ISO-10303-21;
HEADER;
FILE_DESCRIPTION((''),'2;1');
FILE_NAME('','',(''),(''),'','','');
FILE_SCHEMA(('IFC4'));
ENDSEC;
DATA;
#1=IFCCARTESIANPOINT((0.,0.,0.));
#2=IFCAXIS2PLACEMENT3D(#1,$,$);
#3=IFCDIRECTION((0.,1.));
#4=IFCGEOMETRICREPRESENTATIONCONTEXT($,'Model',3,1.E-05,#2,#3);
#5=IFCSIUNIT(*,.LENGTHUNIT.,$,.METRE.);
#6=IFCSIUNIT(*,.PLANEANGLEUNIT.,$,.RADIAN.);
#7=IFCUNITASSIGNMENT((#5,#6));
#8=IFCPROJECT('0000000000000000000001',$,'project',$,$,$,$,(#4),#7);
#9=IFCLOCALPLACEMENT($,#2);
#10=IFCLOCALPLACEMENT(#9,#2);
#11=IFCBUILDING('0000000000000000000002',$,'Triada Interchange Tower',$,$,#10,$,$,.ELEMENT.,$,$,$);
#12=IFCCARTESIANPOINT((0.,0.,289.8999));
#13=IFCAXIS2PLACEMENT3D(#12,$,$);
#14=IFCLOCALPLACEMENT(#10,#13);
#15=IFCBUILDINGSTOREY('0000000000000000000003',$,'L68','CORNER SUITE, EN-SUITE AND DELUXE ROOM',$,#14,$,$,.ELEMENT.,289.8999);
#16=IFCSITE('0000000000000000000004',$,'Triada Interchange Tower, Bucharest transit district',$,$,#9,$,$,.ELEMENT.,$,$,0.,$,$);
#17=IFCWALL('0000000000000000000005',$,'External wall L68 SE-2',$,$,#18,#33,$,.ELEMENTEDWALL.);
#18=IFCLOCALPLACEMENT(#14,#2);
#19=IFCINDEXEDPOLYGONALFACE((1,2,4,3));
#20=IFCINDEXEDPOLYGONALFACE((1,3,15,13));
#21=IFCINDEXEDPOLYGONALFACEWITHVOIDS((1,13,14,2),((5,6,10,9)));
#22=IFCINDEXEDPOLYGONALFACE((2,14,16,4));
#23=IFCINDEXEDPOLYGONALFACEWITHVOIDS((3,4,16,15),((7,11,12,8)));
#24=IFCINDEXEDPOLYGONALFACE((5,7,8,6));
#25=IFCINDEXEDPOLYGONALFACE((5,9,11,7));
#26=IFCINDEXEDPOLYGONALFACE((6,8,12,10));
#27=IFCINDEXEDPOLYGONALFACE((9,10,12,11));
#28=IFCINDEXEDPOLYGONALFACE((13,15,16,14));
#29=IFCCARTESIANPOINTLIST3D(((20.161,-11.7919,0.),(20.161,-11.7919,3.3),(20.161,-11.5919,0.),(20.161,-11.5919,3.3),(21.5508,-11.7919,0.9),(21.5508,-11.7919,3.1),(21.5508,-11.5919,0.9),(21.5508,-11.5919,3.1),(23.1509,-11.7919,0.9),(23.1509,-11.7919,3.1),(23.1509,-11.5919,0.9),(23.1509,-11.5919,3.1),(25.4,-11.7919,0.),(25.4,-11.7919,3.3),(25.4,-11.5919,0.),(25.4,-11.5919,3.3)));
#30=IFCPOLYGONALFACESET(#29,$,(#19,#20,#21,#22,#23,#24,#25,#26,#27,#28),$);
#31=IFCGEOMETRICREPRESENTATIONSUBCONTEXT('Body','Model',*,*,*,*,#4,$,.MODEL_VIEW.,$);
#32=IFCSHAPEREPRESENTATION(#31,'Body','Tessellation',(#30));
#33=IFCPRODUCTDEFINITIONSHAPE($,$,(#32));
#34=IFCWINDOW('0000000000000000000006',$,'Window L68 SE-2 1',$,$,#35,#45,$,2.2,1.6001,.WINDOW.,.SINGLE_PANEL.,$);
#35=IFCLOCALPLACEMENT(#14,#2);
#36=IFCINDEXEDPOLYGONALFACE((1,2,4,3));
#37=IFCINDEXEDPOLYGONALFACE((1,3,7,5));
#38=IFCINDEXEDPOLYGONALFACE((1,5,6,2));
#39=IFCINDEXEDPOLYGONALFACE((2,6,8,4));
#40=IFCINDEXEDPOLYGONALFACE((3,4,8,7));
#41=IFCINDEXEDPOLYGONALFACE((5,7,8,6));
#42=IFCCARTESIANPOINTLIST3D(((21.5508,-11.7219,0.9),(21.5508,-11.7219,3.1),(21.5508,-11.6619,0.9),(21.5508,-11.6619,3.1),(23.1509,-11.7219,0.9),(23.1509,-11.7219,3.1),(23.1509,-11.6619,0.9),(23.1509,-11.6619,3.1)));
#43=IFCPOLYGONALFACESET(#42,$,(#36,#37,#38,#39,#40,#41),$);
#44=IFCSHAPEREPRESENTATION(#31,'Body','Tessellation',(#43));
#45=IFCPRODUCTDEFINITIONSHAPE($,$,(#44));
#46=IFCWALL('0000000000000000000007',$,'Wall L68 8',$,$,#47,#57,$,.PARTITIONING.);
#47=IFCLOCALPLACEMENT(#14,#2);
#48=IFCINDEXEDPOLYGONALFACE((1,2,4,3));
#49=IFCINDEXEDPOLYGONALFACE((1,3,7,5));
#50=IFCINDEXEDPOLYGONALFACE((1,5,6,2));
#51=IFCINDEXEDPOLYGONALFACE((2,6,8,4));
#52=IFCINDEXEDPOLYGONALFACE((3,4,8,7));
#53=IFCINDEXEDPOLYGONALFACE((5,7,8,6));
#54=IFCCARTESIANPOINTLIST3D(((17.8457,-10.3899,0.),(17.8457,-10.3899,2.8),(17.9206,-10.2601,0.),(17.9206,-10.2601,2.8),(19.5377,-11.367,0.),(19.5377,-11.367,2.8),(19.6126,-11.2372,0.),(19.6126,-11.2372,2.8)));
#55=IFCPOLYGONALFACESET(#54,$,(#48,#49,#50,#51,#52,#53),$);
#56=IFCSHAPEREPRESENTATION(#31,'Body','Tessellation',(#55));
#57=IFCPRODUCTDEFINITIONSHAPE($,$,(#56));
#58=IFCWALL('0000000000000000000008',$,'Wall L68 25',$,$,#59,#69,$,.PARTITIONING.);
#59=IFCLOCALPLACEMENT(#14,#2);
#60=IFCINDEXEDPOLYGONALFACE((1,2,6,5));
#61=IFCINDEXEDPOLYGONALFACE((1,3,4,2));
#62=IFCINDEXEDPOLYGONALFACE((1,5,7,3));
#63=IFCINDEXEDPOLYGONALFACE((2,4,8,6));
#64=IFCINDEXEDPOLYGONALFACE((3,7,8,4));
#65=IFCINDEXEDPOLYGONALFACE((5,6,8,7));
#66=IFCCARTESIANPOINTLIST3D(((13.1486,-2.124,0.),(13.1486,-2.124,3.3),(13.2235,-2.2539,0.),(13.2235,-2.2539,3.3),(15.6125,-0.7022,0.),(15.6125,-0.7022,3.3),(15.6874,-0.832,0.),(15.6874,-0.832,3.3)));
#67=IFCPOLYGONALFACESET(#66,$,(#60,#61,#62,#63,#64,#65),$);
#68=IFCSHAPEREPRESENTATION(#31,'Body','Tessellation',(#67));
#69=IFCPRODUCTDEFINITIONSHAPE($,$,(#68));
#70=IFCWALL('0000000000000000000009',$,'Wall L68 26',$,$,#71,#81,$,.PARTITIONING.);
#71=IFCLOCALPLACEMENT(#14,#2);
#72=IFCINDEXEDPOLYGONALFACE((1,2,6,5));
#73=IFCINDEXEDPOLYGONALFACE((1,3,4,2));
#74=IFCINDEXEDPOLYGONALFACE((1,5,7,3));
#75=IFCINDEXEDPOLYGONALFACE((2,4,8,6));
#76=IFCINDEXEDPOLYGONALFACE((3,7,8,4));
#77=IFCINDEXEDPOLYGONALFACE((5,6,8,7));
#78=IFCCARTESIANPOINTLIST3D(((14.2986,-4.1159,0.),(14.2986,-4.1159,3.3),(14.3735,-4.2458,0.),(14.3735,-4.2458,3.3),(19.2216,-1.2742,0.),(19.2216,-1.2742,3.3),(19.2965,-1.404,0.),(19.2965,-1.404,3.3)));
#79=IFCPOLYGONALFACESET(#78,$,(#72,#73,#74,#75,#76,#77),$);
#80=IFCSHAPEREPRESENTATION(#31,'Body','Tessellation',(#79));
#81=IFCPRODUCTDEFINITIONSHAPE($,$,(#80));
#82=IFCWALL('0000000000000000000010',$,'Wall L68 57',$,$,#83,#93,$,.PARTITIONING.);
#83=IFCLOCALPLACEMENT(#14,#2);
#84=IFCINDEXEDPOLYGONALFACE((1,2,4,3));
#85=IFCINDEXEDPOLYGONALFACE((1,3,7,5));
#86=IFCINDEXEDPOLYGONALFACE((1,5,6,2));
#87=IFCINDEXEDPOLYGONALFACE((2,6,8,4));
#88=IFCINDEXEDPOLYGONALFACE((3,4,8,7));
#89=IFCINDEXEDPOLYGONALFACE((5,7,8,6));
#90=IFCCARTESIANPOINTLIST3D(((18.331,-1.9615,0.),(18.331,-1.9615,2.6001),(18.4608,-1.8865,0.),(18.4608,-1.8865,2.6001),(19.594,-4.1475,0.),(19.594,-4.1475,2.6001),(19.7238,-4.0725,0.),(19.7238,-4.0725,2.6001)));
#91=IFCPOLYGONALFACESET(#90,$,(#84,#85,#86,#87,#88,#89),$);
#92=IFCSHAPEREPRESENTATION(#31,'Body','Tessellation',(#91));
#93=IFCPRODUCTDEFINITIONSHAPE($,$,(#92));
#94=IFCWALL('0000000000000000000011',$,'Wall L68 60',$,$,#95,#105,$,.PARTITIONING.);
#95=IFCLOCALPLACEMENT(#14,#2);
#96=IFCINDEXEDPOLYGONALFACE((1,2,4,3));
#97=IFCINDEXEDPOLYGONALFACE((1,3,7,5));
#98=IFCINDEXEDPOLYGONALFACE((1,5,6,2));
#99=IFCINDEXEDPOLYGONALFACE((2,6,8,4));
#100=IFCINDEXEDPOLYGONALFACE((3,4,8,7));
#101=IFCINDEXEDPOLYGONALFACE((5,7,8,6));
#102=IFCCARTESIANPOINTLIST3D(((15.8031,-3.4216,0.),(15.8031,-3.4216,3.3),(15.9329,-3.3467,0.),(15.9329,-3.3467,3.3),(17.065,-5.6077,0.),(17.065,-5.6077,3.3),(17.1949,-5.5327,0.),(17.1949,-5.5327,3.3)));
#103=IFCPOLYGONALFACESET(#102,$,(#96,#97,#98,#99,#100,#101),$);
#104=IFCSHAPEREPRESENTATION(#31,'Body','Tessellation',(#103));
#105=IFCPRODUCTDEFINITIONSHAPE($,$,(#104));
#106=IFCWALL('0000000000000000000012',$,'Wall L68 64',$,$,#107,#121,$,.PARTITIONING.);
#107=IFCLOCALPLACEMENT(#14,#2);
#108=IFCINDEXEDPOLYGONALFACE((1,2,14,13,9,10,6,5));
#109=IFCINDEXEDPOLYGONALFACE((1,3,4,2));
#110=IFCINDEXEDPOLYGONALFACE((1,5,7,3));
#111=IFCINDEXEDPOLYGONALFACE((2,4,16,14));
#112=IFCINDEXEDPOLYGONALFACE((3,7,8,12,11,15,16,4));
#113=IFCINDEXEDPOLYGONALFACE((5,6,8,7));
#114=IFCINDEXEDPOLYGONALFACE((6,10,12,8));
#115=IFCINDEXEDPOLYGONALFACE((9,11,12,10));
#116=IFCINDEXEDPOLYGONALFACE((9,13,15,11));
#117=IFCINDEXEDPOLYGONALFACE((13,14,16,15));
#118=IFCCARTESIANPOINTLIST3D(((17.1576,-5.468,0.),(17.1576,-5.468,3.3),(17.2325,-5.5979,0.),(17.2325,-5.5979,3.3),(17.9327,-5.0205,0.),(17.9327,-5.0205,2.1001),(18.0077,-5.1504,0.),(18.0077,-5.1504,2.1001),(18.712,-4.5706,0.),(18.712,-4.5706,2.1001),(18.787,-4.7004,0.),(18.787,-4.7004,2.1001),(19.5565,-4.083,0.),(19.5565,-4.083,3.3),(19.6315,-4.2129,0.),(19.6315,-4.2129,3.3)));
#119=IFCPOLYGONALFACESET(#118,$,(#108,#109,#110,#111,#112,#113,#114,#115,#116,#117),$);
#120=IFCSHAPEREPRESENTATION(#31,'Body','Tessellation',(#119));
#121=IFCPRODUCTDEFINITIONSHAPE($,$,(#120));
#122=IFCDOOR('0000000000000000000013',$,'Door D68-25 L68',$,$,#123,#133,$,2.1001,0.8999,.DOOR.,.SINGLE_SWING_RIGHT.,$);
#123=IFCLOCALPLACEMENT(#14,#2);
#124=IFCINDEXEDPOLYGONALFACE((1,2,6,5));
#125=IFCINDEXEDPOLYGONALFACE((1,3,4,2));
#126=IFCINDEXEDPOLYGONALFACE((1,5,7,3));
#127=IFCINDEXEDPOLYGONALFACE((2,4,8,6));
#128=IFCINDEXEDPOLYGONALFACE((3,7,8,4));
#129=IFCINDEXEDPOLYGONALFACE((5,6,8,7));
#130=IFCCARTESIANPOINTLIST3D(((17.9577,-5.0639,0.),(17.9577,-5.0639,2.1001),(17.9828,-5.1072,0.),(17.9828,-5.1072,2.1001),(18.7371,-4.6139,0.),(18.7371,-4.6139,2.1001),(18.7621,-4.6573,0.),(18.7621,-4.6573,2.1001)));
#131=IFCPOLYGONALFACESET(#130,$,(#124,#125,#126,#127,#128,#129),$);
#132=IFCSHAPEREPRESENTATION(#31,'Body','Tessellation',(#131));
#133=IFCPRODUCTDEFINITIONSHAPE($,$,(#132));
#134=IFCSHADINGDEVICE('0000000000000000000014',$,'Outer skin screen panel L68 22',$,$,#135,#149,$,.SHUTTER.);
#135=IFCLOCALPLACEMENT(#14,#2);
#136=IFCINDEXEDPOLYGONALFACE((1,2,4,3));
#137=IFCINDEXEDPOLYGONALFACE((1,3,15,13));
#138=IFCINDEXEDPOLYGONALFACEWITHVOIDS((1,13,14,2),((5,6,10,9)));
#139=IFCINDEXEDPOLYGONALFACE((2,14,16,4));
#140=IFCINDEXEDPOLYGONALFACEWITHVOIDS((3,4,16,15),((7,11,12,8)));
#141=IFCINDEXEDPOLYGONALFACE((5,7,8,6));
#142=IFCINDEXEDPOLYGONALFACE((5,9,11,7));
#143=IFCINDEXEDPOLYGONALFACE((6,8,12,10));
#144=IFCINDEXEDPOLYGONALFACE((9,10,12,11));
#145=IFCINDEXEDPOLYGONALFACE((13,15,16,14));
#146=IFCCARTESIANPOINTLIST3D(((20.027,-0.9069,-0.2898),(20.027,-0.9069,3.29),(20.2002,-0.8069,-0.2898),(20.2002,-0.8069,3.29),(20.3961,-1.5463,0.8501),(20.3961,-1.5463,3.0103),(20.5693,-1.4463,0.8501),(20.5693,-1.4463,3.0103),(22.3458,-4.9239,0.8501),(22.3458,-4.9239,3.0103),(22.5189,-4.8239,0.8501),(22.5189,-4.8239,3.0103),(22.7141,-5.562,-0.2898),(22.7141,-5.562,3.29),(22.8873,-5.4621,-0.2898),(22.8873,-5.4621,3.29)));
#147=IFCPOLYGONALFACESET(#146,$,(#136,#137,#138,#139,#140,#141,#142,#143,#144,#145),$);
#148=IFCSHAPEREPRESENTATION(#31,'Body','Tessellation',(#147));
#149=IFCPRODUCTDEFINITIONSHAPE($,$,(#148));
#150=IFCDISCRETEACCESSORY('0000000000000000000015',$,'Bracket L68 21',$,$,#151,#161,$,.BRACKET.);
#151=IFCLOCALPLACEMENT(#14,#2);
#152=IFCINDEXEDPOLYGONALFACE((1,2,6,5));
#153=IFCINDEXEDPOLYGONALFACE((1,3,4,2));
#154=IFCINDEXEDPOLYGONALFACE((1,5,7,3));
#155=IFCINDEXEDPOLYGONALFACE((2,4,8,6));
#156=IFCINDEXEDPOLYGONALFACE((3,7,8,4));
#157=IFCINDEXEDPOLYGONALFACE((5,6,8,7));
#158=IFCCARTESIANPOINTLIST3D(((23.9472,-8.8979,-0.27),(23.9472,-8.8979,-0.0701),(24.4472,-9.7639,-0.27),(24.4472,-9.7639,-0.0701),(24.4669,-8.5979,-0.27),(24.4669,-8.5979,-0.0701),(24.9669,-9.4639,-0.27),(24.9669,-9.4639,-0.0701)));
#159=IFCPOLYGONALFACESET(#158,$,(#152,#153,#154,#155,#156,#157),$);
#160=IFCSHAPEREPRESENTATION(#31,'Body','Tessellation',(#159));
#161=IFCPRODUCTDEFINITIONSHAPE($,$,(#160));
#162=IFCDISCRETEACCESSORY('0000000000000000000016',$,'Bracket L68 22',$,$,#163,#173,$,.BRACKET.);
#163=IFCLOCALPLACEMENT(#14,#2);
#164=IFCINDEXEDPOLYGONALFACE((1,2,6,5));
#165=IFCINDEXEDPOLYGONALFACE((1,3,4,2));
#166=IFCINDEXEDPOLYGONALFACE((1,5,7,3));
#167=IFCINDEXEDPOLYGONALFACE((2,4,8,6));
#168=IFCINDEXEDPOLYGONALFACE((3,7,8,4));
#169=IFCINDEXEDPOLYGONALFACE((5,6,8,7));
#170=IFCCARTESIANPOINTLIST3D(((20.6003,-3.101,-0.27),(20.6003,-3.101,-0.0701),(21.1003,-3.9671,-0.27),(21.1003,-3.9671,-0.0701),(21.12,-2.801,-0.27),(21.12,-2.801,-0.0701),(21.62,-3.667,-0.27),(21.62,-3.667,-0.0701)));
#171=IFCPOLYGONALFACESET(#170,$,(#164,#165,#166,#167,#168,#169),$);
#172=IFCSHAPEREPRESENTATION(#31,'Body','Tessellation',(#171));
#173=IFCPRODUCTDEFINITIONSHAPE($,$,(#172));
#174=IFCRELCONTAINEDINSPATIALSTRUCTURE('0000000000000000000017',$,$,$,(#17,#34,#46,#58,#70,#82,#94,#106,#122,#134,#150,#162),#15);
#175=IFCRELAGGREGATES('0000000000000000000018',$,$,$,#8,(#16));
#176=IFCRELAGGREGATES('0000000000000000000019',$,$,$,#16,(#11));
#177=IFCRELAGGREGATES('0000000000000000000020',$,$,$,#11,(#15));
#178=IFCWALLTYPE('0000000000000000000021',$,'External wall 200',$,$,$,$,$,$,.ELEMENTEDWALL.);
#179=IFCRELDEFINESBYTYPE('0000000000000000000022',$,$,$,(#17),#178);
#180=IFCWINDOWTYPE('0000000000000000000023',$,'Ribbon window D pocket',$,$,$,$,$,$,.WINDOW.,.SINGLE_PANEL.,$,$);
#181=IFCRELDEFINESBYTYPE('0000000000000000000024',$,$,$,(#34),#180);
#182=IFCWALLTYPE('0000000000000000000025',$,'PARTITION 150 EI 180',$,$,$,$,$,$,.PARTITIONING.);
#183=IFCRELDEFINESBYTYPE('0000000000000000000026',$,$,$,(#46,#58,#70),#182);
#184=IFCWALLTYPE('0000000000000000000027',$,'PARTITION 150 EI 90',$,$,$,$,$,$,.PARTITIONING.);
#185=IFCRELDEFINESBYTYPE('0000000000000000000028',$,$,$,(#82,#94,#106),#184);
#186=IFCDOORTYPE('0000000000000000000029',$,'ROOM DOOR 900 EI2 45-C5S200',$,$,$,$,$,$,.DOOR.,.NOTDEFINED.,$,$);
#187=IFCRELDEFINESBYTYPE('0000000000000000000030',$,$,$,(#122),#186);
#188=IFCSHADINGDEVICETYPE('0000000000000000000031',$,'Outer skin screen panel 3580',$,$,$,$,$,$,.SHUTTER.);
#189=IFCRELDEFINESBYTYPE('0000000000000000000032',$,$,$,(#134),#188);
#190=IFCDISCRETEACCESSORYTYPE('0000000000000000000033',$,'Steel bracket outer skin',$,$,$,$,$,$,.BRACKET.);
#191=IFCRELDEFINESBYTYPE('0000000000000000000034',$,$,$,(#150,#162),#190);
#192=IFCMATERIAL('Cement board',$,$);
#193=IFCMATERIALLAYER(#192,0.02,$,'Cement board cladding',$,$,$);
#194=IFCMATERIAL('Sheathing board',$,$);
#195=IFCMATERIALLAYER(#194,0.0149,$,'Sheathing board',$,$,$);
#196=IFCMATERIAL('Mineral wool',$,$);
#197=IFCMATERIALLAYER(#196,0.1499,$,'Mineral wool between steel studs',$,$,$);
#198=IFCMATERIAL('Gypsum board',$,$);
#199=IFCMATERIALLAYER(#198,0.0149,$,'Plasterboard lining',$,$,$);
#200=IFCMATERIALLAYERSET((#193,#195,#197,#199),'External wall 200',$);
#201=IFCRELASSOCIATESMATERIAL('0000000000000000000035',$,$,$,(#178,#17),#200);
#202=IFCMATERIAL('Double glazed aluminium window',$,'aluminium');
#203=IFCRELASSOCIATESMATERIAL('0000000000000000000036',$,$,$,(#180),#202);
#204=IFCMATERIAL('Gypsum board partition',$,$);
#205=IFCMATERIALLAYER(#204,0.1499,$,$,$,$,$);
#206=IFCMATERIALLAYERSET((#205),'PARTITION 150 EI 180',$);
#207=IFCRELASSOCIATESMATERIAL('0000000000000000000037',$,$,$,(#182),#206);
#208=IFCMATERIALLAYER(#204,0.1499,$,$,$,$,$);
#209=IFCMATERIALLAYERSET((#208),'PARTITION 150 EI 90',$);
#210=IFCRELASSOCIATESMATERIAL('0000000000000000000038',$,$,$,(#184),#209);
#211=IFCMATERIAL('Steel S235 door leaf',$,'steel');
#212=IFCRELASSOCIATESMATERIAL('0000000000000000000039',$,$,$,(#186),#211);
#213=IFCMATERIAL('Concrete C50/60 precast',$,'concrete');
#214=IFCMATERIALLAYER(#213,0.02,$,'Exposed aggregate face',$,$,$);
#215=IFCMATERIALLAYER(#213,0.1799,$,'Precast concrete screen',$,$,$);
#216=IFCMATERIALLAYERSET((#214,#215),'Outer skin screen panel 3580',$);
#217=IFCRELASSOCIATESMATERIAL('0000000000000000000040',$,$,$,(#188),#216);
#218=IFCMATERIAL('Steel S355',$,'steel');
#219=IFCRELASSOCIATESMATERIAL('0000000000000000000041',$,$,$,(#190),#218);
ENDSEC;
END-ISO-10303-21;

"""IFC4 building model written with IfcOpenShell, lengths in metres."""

from ifc_helpers import new_model, si_unit, direction, frame, frame_2d, origin, origin_2d, place, context, subcontext, project, spatial, polyline, rectangle, outline, extrude, material, layer, layer_set, layer_usage, type_object, element, fill, save


model = new_model("IFC4")

# Units and contexts
model_context = context("Model", 3, precision=1e-05, world=origin(), true_north=direction((0.0, 1.0)))
body_context = subcontext(model_context, "Body", "Model", "MODEL_VIEW")
ifc_project = project(units=[si_unit("LENGTHUNIT", "METRE"), si_unit("PLANEANGLEUNIT", "RADIAN")], contexts=[model_context])

# Site, building, storey
site_placement = place(None, origin())
site = spatial("IfcSite", under=ifc_project, at=site_placement, Name="Triada Interchange Tower, Bucharest transit district", CompositionType="ELEMENT", RefElevation=0.0)
building_placement = place(site_placement, origin())
building = spatial("IfcBuilding", under=site, at=building_placement, Name="Triada Interchange Tower", CompositionType="ELEMENT")
storey_placement = place(building_placement, frame((0.0, 0.0, 289.8999)))
storey = spatial("IfcBuildingStorey", under=building, at=storey_placement, Name="L68", Description="CORNER SUITE, EN-SUITE AND DELUXE ROOM", CompositionType="ELEMENT", Elevation=289.8999)

# Shared definitions
ifc_material_1 = material(Name="Steel S235 door leaf", Category="steel")

# Wall, opening, window
ifc_material_2 = material(Name="Cement board")
ifc_layer_1 = layer(ifc_material_2, 0.02, Name="Cement board cladding")
ifc_material_3 = material(Name="Sheathing board")
ifc_layer_2 = layer(ifc_material_3, 0.0149, Name="Sheathing board")
ifc_material_4 = material(Name="Mineral wool")
ifc_layer_3 = layer(ifc_material_4, 0.1499, Name="Mineral wool between steel studs")
ifc_material_5 = material(Name="Gypsum board")
ifc_layer_4 = layer(ifc_material_5, 0.0149, Name="Plasterboard lining")
ifc_layer_set_1 = layer_set([ifc_layer_1, ifc_layer_2, ifc_layer_3, ifc_layer_4], Name="External wall 200")
ifc_layer_usage = layer_usage(ifc_layer_set_1, "AXIS2", "POSITIVE", -0.1001)
wall_type_1 = type_object("IfcWallType", Name="External wall 200", PredefinedType="ELEMENTEDWALL", material=ifc_layer_set_1)
wall_1_placement = place(storey_placement, frame((20.1609, -11.6919, 0.0), z_axis=(0.0, 0.0, 1.0), x_axis=(1.0, 0.0, 0.0)))
wall_1 = element("IfcWall", 1, at=wall_1_placement, inside=storey, type_object=wall_type_1, material=ifc_layer_usage, Name="External wall L68 SE-2", PredefinedType="ELEMENTEDWALL", context=body_context, shape_type="SweptSolid", body=[
    extrude(rectangle(XDim=5.239, YDim=0.2, at=frame_2d((2.6196, 0.0))), origin(), (0.0, 0.0, 1.0), 3.3),
])
opening_1_placement = place(wall_1_placement, frame((1.3899, 0.0, 0.8999)))
opening_1 = element("IfcOpeningElement", 2, at=opening_1_placement, cuts=wall_1, PredefinedType="OPENING", context=body_context, shape_type="SweptSolid", body=[
    extrude(rectangle(XDim=1.6001, YDim=2.2, at=frame_2d((0.8, 1.1001))), frame((0.0, 0.1099, 0.0), z_axis=(0.0, -1.0, 0.0), x_axis=(1.0, 0.0, 0.0)), (0.0, 0.0, 1.0), 0.22),
])
ifc_material_6 = material(Name="Double glazed aluminium window", Category="aluminium")
window_type = type_object("IfcWindowType", Name="Ribbon window D pocket", PartitioningType="SINGLE_PANEL", PredefinedType="WINDOW", material=ifc_material_6)
window_placement = place(opening_1_placement, origin())
window = element("IfcWindow", 3, at=window_placement, inside=storey, type_object=window_type, Name="Window L68 SE-2 1", OverallHeight=2.2, OverallWidth=1.6001, PartitioningType="SINGLE_PANEL", PredefinedType="WINDOW", context=body_context, shape_type="SweptSolid", body=[
    extrude(rectangle(XDim=1.6001, YDim=2.2, at=frame_2d((0.8, 1.1001))), frame((0.0, 0.03, 0.0), z_axis=(0.0, -1.0, 0.0), x_axis=(1.0, 0.0, 0.0)), (0.0, 0.0, 1.0), 0.0601),
])
fill(opening_1, window)

# Walls
ifc_material_7 = material(Name="Gypsum board partition")
ifc_layer_5 = layer(ifc_material_7, 0.1499)
ifc_layer_set_2 = layer_set([ifc_layer_5], Name="PARTITION 150 EI 180")
wall_type_2 = type_object("IfcWallType", Name="PARTITION 150 EI 180", PredefinedType="PARTITIONING", material=ifc_layer_set_2)
wall_2_placement = place(storey_placement, frame((17.8831, -10.325, 0.0), z_axis=(0.0, 0.0, 1.0), x_axis=(0.865973, -0.50009, 0.0)))
element("IfcWall", 4, at=wall_2_placement, inside=storey, type_object=wall_type_2, Name="Wall L68 8", PredefinedType="PARTITIONING", context=body_context, shape_type="SweptSolid", body=[
    extrude(rectangle(XDim=1.9539, YDim=0.1499, at=frame_2d((0.9771, 0.0))), origin(), (0.0, 0.0, 1.0), 2.8),
])
wall_3_placement = place(storey_placement, frame((13.186, -2.189, 0.0), z_axis=(0.0, 0.0, 1.0), x_axis=(0.866123, 0.499831, 0.0)))
element("IfcWall", 5, at=wall_3_placement, inside=storey, type_object=wall_type_2, Name="Wall L68 25", PredefinedType="PARTITIONING", context=body_context, shape_type="SweptSolid", body=[
    extrude(rectangle(XDim=2.8447, YDim=0.1499, at=frame_2d((1.4224, 0.0))), origin(), (0.0, 0.0, 1.0), 3.3),
])
wall_4_placement = place(storey_placement, frame((14.3359, -4.1809, 0.0), z_axis=(0.0, 0.0, 1.0), x_axis=(0.866068, 0.499927, 0.0)))
element("IfcWall", 6, at=wall_4_placement, inside=storey, type_object=wall_type_2, Name="Wall L68 26", PredefinedType="PARTITIONING", context=body_context, shape_type="SweptSolid", body=[
    extrude(rectangle(XDim=5.6843, YDim=0.1499, at=frame_2d((2.8423, 0.0))), origin(), (0.0, 0.0, 1.0), 3.3),
])
ifc_layer_6 = layer(ifc_material_7, 0.1499)
ifc_layer_set_3 = layer_set([ifc_layer_6], Name="PARTITION 150 EI 90")
wall_type_3 = type_object("IfcWallType", Name="PARTITION 150 EI 90", PredefinedType="PARTITIONING", material=ifc_layer_set_3)
wall_5_placement = place(storey_placement, frame((18.396, -1.9241, 0.0), z_axis=(0.0, 0.0, 1.0), x_axis=(0.500247, -0.865883, 0.0)))
element("IfcWall", 7, at=wall_5_placement, inside=storey, type_object=wall_type_3, Name="Wall L68 57", PredefinedType="PARTITIONING", context=body_context, shape_type="SweptSolid", body=[
    extrude(rectangle(XDim=2.5247, YDim=0.1499, at=frame_2d((1.2622, 0.0))), origin(), (0.0, 0.0, 1.0), 2.6001),
])
wall_6_placement = place(storey_placement, frame((15.8679, -3.384, 0.0), z_axis=(0.0, 0.0, 1.0), x_axis=(0.499957, -0.86605, 0.0)))
element("IfcWall", 8, at=wall_6_placement, inside=storey, type_object=wall_type_3, Name="Wall L68 60", PredefinedType="PARTITIONING", context=body_context, shape_type="SweptSolid", body=[
    extrude(rectangle(XDim=2.5242, YDim=0.1499, at=frame_2d((1.2622, 0.0))), origin(), (0.0, 0.0, 1.0), 3.3),
])

# Wall, opening, door
wall_7_placement = place(storey_placement, frame((17.1951, -5.533, 0.0), z_axis=(0.0, 0.0, 1.0), x_axis=(0.866027, 0.499997, 0.0)))
wall_7 = element("IfcWall", 9, at=wall_7_placement, inside=storey, type_object=wall_type_3, Name="Wall L68 64", PredefinedType="PARTITIONING", context=body_context, shape_type="SweptSolid", body=[
    extrude(rectangle(XDim=2.77, YDim=0.1499, at=frame_2d((1.385, 0.0))), origin(), (0.0, 0.0, 1.0), 3.3),
])
opening_2_placement = place(wall_7_placement, frame((0.895, 0.0, 0.0)))
opening_2 = element("IfcOpeningElement", 10, at=opening_2_placement, cuts=wall_7, PredefinedType="OPENING", context=body_context, shape_type="SweptSolid", body=[
    extrude(rectangle(XDim=0.8999, YDim=2.1001, at=frame_2d((0.45, 1.05))), frame((0.0, 0.085, 0.0), z_axis=(0.0, -1.0, 0.0), x_axis=(1.0, 0.0, 0.0)), (0.0, 0.0, 1.0), 0.1699),
])
door_type_1 = type_object("IfcDoorType", Name="ROOM DOOR 900 EI2 45-C5S200", OperationType="NOTDEFINED", PredefinedType="DOOR", material=ifc_material_1)
door_1_placement = place(opening_2_placement, origin())
door_1 = element("IfcDoor", 11, at=door_1_placement, inside=storey, type_object=door_type_1, Name="Door D68-25 L68", OperationType="SINGLE_SWING_RIGHT", OverallHeight=2.1001, OverallWidth=0.8999, PredefinedType="DOOR", context=body_context, shape_type="SweptSolid", body=[
    extrude(rectangle(XDim=0.8999, YDim=2.1001, at=frame_2d((0.45, 1.05))), frame((0.0, 0.0249, 0.0), z_axis=(0.0, -1.0, 0.0), x_axis=(1.0, 0.0, 0.0)), (0.0, 0.0, 1.0), 0.05),
])
fill(opening_2, door_1)

# Shading device
ifc_material_8 = material(Name="Concrete C50/60 precast", Category="concrete")
ifc_layer_7 = layer(ifc_material_8, 0.02, Name="Exposed aggregate face")
ifc_layer_8 = layer(ifc_material_8, 0.1799, Name="Precast concrete screen")
ifc_layer_set_4 = layer_set([ifc_layer_7, ifc_layer_8], Name="Outer skin screen panel 3580")
shading_device_type = type_object("IfcShadingDeviceType", Name="Outer skin screen panel 3580", PredefinedType="SHUTTER", material=ifc_layer_set_4)
shading_device_placement = place(storey_placement, frame((22.7141, -5.562, -0.2898), z_axis=(0.0, 0.0, 1.0), x_axis=(-0.49992, 0.866071, 0.0)))
element("IfcShadingDevice", 12, at=shading_device_placement, inside=storey, type_object=shading_device_type, Name="Outer skin screen panel L68 22", PredefinedType="SHUTTER", context=body_context, shape_type="SweptSolid", body=[
    extrude(outline(polyline([(0.0, 0.0), (5.375, 0.0), (5.375, 3.5798), (0.0, 3.5798), (0.0, 0.0)]), holes=[polyline([(0.7368, 1.1399), (0.7368, 3.3), (4.6367, 3.3), (4.6367, 1.1399), (0.7368, 1.1399)])]), frame((0.0, 0.0, 0.0), z_axis=(0.0, -1.0, 0.0), x_axis=(1.0, 0.0, 0.0)), (0.0, 0.0, 1.0), 0.2),
])

# Discrete accessories
ifc_material_9 = material(Name="Steel S355", Category="steel")
discrete_accessory_type = type_object("IfcDiscreteAccessoryType", Name="Steel bracket outer skin", PredefinedType="BRACKET", material=ifc_material_9)
for number, where, z_axis, x_axis, name in (
    (13, (24.457, -9.1809, -0.27), (0.0, 0.0, 1.0), (0.866023, 0.500004, 0.0), "Bracket L68 21"),
    (14, (21.1101, -3.384, -0.27), (0.0, 0.0, 1.0), (0.866023, 0.500004, 0.0), "Bracket L68 22"),
):
    element("IfcDiscreteAccessory", number, at=place(storey_placement, frame(where, z_axis=z_axis, x_axis=x_axis)), inside=storey, type_object=discrete_accessory_type, Name=name, PredefinedType="BRACKET", context=body_context, shape_type="SweptSolid", body=[
        extrude(rectangle(XDim=0.6001, YDim=1.0, at=origin_2d()), origin(), (0.0, 0.0, 1.0), 0.2),
    ])

save(model, "model.ifc")
